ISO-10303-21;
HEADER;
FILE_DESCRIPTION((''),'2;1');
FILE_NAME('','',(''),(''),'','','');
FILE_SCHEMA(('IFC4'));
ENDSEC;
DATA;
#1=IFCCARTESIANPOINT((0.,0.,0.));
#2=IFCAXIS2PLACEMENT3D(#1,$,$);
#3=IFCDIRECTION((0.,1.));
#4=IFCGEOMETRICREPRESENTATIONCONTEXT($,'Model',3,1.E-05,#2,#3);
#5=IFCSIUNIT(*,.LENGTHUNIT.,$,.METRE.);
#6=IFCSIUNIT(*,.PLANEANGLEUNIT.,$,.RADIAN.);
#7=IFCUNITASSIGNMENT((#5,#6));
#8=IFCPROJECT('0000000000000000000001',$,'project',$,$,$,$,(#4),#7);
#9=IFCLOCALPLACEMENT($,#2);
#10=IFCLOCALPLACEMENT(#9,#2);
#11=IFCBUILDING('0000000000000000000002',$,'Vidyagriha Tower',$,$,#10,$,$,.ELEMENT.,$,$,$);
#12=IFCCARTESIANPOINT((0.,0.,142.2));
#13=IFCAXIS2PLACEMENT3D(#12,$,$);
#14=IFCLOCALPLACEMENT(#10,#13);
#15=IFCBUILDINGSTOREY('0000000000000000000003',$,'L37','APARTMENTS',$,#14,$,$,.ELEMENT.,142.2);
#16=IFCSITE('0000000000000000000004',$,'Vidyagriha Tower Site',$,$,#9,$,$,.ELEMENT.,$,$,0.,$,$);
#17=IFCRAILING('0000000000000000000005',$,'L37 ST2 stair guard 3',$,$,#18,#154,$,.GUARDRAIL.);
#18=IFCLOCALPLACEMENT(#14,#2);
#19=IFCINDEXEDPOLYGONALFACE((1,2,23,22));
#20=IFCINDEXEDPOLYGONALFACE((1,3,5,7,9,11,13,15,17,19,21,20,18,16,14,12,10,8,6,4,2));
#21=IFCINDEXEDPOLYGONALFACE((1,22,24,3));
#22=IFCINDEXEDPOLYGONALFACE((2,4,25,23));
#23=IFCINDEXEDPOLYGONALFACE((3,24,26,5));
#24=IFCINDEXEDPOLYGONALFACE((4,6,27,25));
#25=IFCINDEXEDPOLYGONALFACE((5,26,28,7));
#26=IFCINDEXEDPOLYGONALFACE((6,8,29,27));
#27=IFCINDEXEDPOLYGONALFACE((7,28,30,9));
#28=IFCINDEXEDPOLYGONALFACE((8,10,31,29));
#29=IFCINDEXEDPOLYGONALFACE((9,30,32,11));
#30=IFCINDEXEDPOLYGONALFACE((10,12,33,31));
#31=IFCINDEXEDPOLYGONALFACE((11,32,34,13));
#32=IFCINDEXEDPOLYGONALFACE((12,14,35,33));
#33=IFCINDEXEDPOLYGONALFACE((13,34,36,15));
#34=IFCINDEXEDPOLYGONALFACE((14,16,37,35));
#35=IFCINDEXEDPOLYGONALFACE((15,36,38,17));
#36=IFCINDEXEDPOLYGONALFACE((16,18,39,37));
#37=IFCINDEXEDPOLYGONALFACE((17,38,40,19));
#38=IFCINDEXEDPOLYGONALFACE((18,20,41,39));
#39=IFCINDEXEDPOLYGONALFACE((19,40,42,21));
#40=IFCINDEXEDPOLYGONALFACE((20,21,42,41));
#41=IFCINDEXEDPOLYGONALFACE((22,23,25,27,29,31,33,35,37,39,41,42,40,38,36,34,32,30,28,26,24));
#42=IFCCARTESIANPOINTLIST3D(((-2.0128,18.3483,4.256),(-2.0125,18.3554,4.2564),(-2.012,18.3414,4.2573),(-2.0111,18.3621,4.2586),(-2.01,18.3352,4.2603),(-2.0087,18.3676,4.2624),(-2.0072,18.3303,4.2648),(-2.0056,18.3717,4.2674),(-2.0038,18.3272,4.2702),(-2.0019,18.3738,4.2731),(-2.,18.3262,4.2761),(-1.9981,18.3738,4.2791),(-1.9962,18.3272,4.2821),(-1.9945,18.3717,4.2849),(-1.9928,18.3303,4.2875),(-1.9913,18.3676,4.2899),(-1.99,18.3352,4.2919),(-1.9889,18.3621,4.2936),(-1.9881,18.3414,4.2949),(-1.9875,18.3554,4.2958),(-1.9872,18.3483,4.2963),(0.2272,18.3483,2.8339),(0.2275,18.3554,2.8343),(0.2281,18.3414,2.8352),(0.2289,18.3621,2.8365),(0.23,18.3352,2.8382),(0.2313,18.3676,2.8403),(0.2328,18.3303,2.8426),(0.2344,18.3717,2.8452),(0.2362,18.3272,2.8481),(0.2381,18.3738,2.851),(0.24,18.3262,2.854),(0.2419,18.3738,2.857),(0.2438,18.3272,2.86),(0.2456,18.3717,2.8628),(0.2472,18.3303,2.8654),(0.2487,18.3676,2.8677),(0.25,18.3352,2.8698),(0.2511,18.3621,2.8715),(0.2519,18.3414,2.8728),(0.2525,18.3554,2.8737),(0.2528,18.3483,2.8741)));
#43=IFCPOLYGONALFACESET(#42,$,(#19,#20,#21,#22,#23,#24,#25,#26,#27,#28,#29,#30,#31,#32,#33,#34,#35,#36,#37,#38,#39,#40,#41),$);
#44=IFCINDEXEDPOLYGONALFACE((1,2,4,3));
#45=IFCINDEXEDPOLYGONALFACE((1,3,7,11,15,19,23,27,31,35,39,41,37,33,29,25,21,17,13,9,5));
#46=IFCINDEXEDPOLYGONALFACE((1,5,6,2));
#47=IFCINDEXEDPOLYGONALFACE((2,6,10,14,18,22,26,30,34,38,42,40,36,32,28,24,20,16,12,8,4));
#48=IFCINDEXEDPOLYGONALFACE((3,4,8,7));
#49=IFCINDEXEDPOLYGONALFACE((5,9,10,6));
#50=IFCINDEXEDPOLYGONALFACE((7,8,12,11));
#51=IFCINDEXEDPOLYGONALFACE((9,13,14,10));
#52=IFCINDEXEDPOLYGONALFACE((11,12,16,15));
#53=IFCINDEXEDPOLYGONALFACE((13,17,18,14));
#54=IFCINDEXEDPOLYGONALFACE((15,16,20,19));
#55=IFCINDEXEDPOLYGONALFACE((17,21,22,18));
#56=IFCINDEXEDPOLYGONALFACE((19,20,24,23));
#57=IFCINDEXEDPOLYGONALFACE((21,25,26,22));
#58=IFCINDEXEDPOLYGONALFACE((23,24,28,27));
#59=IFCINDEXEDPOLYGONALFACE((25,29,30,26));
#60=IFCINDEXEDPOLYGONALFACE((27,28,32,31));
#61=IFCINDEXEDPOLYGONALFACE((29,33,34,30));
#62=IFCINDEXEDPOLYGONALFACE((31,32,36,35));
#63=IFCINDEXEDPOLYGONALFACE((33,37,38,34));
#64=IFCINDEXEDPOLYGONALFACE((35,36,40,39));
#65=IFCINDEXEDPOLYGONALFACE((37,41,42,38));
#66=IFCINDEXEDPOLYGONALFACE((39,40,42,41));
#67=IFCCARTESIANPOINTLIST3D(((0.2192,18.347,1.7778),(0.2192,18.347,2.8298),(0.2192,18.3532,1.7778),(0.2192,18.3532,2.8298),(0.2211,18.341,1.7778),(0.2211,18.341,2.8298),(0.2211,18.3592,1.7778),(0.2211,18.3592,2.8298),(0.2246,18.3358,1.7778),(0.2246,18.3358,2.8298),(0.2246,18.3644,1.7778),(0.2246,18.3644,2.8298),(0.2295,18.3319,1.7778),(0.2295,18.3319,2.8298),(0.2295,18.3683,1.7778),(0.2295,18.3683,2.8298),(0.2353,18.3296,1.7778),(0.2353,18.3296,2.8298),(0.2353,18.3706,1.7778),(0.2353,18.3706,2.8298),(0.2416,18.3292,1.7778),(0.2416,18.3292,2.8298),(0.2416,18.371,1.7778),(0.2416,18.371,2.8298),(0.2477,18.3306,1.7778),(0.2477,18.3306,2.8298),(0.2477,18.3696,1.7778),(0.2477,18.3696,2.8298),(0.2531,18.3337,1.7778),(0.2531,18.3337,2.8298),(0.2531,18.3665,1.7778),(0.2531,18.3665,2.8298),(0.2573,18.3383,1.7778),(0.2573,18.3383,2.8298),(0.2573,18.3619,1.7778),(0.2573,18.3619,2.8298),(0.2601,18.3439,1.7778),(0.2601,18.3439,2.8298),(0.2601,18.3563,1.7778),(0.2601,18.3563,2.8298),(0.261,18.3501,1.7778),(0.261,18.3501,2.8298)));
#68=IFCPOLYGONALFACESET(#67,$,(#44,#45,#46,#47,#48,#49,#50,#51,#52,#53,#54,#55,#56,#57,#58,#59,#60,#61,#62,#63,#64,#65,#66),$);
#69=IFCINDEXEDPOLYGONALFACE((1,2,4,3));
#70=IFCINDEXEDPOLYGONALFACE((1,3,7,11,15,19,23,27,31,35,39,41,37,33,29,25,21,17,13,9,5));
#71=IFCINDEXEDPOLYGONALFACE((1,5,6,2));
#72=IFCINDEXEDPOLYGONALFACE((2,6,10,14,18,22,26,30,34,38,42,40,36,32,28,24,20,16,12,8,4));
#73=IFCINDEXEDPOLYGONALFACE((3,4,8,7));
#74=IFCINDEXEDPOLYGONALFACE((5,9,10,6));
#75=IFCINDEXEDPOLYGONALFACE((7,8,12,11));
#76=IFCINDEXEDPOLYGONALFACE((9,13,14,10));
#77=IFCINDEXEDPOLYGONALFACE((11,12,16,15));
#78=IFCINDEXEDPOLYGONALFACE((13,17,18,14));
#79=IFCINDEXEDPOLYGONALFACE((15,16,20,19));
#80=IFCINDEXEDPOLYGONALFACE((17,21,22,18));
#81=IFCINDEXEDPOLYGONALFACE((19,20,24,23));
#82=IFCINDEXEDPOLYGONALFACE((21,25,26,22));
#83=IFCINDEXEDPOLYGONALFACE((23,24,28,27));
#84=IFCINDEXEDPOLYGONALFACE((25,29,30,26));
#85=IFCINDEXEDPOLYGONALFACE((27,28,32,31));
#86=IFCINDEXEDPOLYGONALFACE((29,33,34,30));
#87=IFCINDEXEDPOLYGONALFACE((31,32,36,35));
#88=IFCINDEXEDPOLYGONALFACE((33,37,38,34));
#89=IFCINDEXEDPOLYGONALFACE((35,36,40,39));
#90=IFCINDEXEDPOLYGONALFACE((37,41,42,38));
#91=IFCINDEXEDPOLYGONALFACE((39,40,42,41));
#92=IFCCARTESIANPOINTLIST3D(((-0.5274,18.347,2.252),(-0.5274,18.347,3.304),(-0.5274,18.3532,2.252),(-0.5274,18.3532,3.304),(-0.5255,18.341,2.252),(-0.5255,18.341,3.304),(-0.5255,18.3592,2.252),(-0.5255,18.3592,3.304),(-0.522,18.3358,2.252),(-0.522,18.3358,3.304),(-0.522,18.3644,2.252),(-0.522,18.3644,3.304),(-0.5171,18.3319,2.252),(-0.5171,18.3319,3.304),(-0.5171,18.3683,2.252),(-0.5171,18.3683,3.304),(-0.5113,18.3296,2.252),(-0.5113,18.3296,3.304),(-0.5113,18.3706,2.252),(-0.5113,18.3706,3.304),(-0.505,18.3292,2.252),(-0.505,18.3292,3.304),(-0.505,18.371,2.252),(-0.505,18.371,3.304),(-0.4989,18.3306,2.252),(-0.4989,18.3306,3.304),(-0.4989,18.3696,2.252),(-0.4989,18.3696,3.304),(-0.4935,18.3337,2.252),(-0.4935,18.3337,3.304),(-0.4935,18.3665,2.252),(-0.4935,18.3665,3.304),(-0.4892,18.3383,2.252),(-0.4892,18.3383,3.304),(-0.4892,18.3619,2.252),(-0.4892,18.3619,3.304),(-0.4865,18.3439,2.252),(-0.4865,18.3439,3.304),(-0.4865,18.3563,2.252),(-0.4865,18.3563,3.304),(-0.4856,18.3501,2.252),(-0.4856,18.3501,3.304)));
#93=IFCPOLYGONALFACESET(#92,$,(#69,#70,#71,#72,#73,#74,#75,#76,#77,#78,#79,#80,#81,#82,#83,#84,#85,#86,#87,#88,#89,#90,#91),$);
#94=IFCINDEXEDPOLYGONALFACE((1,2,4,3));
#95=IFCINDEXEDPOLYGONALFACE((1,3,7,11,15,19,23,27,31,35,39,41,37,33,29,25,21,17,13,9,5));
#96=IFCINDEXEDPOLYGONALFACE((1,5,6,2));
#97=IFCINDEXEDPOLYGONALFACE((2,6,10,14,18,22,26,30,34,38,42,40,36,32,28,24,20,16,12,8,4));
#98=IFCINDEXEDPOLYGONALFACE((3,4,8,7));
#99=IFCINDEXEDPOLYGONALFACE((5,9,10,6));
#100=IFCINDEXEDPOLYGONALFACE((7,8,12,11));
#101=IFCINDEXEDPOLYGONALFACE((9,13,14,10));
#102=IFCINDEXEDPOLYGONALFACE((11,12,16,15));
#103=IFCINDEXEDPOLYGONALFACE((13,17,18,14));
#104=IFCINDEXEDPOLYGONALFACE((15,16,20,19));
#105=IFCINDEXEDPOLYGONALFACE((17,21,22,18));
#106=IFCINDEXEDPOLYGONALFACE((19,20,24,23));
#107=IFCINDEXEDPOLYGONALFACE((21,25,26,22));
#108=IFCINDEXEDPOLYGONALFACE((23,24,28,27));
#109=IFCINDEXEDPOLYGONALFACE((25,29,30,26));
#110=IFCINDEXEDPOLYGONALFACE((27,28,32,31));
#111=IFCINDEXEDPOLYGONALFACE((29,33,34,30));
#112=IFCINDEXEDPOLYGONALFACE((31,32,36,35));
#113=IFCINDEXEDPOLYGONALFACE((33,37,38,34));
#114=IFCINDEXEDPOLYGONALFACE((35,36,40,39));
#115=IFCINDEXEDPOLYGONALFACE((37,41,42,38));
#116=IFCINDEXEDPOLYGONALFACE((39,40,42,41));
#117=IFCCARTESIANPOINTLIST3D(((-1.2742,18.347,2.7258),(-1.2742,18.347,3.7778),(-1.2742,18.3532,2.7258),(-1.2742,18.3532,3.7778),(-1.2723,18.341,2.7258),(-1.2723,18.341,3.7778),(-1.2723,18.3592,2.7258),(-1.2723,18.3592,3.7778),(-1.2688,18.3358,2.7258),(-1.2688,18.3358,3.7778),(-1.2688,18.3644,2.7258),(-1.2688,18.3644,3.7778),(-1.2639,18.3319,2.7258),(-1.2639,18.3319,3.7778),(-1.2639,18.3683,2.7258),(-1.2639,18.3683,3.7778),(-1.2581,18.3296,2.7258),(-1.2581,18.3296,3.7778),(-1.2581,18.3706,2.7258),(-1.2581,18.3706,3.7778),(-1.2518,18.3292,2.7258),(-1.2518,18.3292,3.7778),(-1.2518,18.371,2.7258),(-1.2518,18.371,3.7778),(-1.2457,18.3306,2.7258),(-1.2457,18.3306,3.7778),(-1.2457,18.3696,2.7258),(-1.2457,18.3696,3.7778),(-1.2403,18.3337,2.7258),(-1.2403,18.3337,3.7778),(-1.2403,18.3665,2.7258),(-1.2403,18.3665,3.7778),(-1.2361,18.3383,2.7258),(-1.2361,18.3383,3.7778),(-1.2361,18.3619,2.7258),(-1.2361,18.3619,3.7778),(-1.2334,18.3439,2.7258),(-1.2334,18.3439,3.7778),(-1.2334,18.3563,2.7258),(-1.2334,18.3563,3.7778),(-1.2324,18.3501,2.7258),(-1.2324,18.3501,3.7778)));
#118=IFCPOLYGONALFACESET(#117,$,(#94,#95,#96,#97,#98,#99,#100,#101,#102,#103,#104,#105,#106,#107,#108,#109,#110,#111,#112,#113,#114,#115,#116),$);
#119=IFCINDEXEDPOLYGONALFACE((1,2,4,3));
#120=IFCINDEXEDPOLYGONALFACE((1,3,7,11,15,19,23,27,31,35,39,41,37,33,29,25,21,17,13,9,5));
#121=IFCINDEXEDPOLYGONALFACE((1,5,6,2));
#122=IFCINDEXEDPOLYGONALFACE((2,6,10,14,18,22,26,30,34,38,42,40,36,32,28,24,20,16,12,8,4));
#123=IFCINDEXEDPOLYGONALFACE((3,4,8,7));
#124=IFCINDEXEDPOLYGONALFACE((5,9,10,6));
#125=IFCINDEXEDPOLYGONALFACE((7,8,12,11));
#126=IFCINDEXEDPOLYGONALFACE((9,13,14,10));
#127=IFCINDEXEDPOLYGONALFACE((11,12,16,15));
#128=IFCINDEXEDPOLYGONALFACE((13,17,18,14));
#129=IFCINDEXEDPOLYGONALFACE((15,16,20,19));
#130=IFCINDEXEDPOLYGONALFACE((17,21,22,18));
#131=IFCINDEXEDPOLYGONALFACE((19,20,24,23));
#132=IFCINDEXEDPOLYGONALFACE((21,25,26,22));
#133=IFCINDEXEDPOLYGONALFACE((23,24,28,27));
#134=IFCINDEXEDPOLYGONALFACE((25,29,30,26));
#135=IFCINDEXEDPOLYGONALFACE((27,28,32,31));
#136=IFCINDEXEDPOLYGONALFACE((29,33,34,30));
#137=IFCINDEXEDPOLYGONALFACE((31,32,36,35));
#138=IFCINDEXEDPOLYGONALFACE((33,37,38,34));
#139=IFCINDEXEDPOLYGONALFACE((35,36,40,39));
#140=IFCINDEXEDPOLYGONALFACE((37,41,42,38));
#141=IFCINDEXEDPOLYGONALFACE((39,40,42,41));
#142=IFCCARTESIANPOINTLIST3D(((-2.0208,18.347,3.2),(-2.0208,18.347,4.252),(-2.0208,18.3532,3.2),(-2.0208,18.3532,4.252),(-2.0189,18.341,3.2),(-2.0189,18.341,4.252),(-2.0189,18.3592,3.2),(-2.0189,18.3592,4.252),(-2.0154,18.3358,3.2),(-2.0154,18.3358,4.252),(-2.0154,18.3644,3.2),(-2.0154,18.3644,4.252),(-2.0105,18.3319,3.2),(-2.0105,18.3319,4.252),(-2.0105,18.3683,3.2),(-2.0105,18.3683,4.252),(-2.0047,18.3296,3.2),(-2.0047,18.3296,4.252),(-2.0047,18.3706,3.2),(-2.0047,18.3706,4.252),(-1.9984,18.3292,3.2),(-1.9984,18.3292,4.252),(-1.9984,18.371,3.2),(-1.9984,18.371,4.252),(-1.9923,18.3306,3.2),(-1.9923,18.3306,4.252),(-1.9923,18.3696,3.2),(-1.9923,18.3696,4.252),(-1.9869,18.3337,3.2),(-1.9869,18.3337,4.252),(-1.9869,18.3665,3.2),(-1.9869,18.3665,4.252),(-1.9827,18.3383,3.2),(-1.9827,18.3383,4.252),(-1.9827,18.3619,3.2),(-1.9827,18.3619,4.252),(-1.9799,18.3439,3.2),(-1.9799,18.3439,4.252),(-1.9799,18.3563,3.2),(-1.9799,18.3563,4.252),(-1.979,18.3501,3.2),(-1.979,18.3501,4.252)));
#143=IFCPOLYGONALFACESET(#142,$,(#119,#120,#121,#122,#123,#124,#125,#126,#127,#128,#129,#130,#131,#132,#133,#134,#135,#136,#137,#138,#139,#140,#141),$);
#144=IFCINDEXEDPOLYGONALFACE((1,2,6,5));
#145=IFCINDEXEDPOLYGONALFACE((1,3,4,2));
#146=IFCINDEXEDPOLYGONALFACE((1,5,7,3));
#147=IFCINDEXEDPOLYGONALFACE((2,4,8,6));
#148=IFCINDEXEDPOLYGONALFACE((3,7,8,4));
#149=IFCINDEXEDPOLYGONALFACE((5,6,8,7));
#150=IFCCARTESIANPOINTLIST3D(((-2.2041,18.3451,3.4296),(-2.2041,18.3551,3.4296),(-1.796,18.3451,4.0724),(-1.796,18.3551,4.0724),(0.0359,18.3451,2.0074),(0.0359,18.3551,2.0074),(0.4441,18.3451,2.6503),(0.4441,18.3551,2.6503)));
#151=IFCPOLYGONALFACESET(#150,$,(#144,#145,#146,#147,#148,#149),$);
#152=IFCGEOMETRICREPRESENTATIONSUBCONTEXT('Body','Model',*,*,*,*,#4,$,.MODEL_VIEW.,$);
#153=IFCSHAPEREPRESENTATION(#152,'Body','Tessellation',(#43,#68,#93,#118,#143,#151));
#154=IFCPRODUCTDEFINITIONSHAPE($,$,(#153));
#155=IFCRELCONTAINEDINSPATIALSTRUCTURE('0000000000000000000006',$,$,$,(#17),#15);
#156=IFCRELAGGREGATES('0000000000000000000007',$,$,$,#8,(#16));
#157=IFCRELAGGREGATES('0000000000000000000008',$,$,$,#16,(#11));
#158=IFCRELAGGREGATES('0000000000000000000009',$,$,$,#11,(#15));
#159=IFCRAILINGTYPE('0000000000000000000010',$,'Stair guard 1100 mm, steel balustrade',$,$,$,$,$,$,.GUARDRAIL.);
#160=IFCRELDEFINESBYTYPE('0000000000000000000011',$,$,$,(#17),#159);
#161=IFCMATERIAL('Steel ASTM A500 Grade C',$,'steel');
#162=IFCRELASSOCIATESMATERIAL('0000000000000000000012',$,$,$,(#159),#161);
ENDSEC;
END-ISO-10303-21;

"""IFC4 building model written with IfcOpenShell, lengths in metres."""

from ifc_helpers import new_model, si_unit, direction, frame, origin, origin_2d, place, context, subcontext, project, spatial, rectangle, circle, extrude, material, type_object, element, save


model = new_model("IFC4")

# Units and contexts
model_context = context("Model", 3, precision=1e-05, world=origin(), true_north=direction((0.0, 1.0)))
body_context = subcontext(model_context, "Body", "Model", "MODEL_VIEW")
ifc_project = project(units=[si_unit("LENGTHUNIT", "METRE"), si_unit("PLANEANGLEUNIT", "RADIAN")], contexts=[model_context])

# Site, building, storey
site_placement = place(None, origin())
site = spatial("IfcSite", under=ifc_project, at=site_placement, Name="Vidyagriha Tower Site", CompositionType="ELEMENT", RefElevation=0.0)
building_placement = place(site_placement, origin())
building = spatial("IfcBuilding", under=site, at=building_placement, Name="Vidyagriha Tower", CompositionType="ELEMENT")
storey_placement = place(building_placement, frame((0.0, 0.0, 142.2)))
storey = spatial("IfcBuildingStorey", under=building, at=storey_placement, Name="L37", Description="APARTMENTS", CompositionType="ELEMENT", Elevation=142.2)

# Railing
ifc_material_1 = material(Name="Steel ASTM A500 Grade C", Category="steel")
railing_type_1 = type_object("IfcRailingType", Name="Stair guard 1100 mm, steel balustrade", PredefinedType="GUARDRAIL", material=ifc_material_1)
railing_1_placement = place(storey_placement, frame((0.24, 18.3501, 1.7778)))
element("IfcRailing", 1, at=railing_1_placement, inside=storey, type_object=railing_type_1, Name="L37 ST2 stair guard 3", PredefinedType="GUARDRAIL", context=body_context, shape_type="SweptSolid", body=[
    extrude(circle(Radius=0.0239, at=origin_2d()), frame((0.0, 0.0, 1.0762), z_axis=(-0.844229, 0.0, 0.535982), x_axis=(0.0, -1.0, 0.0)), (0.0, 0.0, 1.0), 2.6533),
    extrude(circle(Radius=0.021, at=origin_2d()), origin(), (0.0, 0.0, 1.0), 1.052),
    extrude(circle(Radius=0.021, at=origin_2d()), frame((-0.7466, 0.0, 0.4741)), (0.0, 0.0, 1.0), 1.052),
    extrude(circle(Radius=0.021, at=origin_2d()), frame((-1.4934, 0.0, 0.948)), (0.0, 0.0, 1.0), 1.052),
    extrude(circle(Radius=0.021, at=origin_2d()), frame((-2.24, 0.0, 1.4221)), (0.0, 0.0, 1.0), 1.052),
    extrude(rectangle(XDim=0.01, YDim=0.7615, at=origin_2d()), frame((0.0, 0.0, 0.551), z_axis=(-0.844229, 0.0, 0.535982), x_axis=(0.0, -1.0, 0.0)), (0.0, 0.0, 1.0), 2.6533),
])

save(model, "model.ifc")
